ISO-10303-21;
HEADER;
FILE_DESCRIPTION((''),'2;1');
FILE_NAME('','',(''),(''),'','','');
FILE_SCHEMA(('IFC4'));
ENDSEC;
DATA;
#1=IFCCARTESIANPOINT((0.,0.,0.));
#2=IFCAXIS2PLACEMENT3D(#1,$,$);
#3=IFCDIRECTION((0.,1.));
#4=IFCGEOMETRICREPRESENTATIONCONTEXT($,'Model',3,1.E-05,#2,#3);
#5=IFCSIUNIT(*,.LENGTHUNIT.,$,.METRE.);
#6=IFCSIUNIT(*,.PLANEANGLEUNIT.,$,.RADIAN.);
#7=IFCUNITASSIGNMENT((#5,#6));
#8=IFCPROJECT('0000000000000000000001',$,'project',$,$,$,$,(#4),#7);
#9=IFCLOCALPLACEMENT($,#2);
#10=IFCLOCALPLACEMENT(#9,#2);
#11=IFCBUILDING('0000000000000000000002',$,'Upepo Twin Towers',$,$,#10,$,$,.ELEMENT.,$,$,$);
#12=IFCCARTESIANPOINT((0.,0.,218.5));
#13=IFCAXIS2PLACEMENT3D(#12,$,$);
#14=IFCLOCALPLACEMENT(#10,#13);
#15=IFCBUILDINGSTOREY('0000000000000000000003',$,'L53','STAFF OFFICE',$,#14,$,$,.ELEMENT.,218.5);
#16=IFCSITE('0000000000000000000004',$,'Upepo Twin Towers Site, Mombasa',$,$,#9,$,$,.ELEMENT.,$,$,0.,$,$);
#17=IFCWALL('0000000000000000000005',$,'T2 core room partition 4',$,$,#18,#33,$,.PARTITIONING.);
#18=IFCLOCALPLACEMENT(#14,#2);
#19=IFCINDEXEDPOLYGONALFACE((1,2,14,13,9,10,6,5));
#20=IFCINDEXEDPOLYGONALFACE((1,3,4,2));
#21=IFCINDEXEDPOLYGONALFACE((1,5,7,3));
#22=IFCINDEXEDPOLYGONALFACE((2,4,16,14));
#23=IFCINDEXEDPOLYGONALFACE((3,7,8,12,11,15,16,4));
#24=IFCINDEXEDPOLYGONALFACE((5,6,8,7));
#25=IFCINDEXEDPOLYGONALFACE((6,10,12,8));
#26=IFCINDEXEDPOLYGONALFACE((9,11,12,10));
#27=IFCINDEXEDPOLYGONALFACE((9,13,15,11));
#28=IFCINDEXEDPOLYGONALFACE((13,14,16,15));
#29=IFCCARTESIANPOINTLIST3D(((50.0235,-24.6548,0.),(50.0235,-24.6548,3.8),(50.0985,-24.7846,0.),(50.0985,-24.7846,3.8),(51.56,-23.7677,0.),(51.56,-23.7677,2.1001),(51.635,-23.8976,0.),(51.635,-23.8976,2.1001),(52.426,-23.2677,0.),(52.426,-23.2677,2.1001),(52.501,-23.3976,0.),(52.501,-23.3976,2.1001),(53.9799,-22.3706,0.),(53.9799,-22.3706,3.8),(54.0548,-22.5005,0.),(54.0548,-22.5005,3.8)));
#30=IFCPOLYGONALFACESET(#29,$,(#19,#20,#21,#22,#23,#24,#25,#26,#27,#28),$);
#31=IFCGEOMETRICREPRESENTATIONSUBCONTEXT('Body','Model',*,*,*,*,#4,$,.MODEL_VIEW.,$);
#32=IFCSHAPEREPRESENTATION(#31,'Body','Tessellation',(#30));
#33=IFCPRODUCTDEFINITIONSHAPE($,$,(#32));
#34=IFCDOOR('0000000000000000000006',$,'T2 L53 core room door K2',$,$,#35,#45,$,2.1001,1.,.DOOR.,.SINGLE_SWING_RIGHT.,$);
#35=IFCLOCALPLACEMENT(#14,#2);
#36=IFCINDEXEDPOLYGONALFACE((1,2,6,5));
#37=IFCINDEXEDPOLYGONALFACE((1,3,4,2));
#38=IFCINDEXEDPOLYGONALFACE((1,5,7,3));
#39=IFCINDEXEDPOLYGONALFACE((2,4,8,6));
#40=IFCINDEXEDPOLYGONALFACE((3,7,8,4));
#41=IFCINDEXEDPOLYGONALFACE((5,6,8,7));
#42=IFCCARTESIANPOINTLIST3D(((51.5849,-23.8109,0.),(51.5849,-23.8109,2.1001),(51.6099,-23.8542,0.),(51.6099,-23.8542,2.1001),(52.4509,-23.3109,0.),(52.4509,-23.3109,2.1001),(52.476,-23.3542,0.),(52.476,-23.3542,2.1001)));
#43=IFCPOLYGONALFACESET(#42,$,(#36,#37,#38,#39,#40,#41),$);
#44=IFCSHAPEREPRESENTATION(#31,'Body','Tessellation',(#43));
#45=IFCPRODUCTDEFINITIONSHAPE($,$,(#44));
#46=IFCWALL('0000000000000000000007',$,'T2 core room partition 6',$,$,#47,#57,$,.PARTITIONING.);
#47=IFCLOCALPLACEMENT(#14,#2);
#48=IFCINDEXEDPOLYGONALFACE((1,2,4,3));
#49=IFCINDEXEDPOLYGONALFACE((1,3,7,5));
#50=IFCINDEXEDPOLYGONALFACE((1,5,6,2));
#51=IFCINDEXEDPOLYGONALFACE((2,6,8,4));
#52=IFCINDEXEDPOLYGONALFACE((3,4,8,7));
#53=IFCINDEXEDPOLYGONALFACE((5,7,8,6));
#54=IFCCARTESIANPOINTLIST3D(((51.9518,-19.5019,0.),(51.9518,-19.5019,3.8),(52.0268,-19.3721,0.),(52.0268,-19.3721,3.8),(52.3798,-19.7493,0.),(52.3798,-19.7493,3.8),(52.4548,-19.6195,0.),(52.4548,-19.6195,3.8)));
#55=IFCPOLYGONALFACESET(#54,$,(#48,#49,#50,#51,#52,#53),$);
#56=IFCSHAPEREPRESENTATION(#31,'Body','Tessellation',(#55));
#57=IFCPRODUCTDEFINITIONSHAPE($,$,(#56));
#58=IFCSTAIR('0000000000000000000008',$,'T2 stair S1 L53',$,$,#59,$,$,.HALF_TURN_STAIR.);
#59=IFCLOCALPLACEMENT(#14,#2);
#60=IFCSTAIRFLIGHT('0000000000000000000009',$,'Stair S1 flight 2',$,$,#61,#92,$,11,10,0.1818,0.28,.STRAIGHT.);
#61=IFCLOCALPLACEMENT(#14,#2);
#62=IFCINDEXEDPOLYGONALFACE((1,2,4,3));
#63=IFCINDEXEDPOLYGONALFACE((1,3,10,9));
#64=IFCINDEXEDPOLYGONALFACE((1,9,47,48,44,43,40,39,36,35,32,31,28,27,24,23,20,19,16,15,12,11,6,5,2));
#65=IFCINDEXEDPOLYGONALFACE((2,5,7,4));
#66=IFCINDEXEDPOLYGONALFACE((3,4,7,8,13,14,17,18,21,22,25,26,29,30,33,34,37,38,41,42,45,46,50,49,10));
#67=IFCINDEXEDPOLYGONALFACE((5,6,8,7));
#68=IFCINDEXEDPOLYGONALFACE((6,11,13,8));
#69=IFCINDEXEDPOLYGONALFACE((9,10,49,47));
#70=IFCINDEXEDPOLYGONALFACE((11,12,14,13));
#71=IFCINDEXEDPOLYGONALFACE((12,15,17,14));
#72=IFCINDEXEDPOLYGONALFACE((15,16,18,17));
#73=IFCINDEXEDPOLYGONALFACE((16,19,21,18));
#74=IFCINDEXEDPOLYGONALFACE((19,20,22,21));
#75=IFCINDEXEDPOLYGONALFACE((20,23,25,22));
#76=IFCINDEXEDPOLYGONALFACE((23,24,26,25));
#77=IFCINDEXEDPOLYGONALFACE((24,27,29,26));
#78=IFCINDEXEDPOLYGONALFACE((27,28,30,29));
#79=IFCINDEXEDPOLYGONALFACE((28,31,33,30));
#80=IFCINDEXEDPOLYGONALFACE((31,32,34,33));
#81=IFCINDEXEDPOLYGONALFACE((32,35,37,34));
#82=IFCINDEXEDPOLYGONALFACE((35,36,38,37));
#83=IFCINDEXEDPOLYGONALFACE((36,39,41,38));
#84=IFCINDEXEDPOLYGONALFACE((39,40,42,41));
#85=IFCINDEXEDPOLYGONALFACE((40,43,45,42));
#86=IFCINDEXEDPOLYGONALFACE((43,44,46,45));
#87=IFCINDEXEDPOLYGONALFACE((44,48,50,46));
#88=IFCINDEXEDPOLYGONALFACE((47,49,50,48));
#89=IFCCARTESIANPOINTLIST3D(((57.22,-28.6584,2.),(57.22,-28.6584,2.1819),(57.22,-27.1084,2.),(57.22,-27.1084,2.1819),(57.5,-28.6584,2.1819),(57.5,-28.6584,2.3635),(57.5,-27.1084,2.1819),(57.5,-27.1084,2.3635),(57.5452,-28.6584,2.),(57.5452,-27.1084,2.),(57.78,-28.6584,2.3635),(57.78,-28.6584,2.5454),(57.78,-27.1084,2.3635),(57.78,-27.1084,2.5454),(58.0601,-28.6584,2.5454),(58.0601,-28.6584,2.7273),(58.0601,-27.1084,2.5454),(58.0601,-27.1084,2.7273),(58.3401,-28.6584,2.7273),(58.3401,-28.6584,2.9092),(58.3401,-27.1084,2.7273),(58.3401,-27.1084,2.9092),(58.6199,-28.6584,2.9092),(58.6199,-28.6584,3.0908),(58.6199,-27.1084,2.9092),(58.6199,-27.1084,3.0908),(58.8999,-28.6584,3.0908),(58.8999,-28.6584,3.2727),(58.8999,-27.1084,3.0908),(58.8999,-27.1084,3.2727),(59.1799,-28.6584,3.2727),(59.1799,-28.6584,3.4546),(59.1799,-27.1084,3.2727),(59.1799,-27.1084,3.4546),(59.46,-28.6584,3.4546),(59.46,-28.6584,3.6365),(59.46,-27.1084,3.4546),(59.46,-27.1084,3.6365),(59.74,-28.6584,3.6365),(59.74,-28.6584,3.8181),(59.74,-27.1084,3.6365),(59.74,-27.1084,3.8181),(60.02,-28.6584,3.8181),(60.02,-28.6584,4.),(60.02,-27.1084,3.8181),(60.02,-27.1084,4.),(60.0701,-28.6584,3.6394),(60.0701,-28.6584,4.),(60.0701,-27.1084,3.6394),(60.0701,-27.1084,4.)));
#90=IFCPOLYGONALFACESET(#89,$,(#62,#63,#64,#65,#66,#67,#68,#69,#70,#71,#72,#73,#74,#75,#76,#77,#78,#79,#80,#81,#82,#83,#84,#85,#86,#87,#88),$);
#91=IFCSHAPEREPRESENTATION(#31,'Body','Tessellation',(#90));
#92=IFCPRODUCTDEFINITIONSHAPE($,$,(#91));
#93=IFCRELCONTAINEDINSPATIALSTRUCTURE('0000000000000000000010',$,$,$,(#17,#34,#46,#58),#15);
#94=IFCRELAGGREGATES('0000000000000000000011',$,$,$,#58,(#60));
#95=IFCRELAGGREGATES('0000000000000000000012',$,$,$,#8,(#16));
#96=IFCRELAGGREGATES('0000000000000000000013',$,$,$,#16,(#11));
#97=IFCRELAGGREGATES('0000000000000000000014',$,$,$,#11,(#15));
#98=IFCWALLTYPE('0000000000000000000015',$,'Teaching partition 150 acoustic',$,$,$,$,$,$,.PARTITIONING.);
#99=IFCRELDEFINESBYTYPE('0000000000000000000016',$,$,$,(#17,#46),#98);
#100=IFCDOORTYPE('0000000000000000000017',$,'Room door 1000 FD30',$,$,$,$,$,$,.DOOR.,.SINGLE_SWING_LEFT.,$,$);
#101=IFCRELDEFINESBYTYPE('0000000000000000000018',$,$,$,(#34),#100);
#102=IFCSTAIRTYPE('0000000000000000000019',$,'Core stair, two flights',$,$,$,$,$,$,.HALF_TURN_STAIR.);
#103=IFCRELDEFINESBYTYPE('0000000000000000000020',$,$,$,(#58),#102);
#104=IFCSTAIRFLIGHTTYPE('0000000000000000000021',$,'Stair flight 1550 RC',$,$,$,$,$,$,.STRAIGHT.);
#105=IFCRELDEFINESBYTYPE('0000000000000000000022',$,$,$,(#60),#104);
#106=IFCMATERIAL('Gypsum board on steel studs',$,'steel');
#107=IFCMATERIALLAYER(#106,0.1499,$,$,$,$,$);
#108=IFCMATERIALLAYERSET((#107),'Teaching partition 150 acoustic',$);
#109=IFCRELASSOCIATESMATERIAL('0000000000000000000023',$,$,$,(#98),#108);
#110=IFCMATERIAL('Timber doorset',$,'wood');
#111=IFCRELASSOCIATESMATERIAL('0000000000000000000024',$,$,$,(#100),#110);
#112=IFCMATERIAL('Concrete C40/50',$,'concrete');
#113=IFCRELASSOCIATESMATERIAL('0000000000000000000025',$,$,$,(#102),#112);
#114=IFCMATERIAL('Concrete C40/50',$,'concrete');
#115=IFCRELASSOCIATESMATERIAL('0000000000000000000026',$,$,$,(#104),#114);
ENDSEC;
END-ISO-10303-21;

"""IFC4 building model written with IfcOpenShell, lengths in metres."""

from ifc_helpers import new_model, si_unit, direction, frame, frame_2d, origin, place, context, subcontext, project, spatial, polyline, rectangle, outline, extrude, material, layer, layer_set, type_object, element, fill, aggregate, save


model = new_model("IFC4")

# Units and contexts
model_context = context("Model", 3, precision=1e-05, world=origin(), true_north=direction((0.0, 1.0)))
body_context = subcontext(model_context, "Body", "Model", "MODEL_VIEW")
ifc_project = project(units=[si_unit("LENGTHUNIT", "METRE"), si_unit("PLANEANGLEUNIT", "RADIAN")], contexts=[model_context])

# Site, building, storey
site_placement = place(None, origin())
site = spatial("IfcSite", under=ifc_project, at=site_placement, Name="Upepo Twin Towers Site, Mombasa", CompositionType="ELEMENT", RefElevation=0.0)
building_placement = place(site_placement, origin())
building = spatial("IfcBuilding", under=site, at=building_placement, Name="Upepo Twin Towers", CompositionType="ELEMENT")
storey_placement = place(building_placement, frame((0.0, 0.0, 218.5)))
storey = spatial("IfcBuildingStorey", under=building, at=storey_placement, Name="L53", Description="STAFF OFFICE", CompositionType="ELEMENT", Elevation=218.5)

# Shared definitions
ifc_material_1 = material(Name="Gypsum board on steel studs", Category="steel")
ifc_layer_1 = layer(ifc_material_1, 0.1499)
ifc_layer_set_1 = layer_set([ifc_layer_1], Name="Teaching partition 150 acoustic")
wall_type_1 = type_object("IfcWallType", Name="Teaching partition 150 acoustic", PredefinedType="PARTITIONING", material=ifc_layer_set_1)

# Wall, opening, door
wall_1_placement = place(storey_placement, frame((54.0173, -22.4355, 0.0), z_axis=(0.0, 0.0, 1.0), x_axis=(-0.866025, -0.500002, 0.0)))
wall_1 = element("IfcWall", 1, at=wall_1_placement, inside=storey, type_object=wall_type_1, Name="T2 core room partition 4", PredefinedType="PARTITIONING", context=body_context, shape_type="SweptSolid", body=[
    extrude(rectangle(XDim=4.5684, YDim=0.1499, at=frame_2d((2.2842, 0.0))), origin(), (0.0, 0.0, 1.0), 3.8),
])
opening_1_placement = place(wall_1_placement, frame((1.7942, 0.0, 0.0)))
opening_1 = element("IfcOpeningElement", 2, at=opening_1_placement, cuts=wall_1, PredefinedType="OPENING", context=body_context, shape_type="SweptSolid", body=[
    extrude(rectangle(XDim=1.0, YDim=2.1001, at=frame_2d((0.5, 1.05))), frame((0.0, 0.085, 0.0), z_axis=(0.0, -1.0, 0.0), x_axis=(1.0, 0.0, 0.0)), (0.0, 0.0, 1.0), 0.1699),
])
ifc_material_2 = material(Name="Timber doorset", Category="wood")
door_type_1 = type_object("IfcDoorType", Name="Room door 1000 FD30", OperationType="SINGLE_SWING_LEFT", PredefinedType="DOOR", material=ifc_material_2)
door_1_placement = place(opening_1_placement, origin())
door_1 = element("IfcDoor", 3, at=door_1_placement, inside=storey, type_object=door_type_1, Name="T2 L53 core room door K2", OperationType="SINGLE_SWING_RIGHT", OverallHeight=2.1001, OverallWidth=1.0, PredefinedType="DOOR", context=body_context, shape_type="SweptSolid", body=[
    extrude(rectangle(XDim=1.0, YDim=2.1001, at=frame_2d((0.5, 1.05))), frame((0.0, 0.0249, 0.0), z_axis=(0.0, -1.0, 0.0), x_axis=(1.0, 0.0, 0.0)), (0.0, 0.0, 1.0), 0.05),
])
fill(opening_1, door_1)

# Wall
wall_2_placement = place(storey_placement, frame((52.4172, -19.6843, 0.0), z_axis=(0.0, 0.0, 1.0), x_axis=(-0.865832, 0.500335, 0.0)))
element("IfcWall", 4, at=wall_2_placement, inside=storey, type_object=wall_type_1, Name="T2 core room partition 6", PredefinedType="PARTITIONING", context=body_context, shape_type="SweptSolid", body=[
    extrude(rectangle(XDim=0.4944, YDim=0.1499, at=frame_2d((0.2471, 0.0))), origin(), (0.0, 0.0, 1.0), 3.8),
])

# Stair, stair flight
ifc_material_3 = material(Name="Concrete C40/50", Category="concrete")
stair_type = type_object("IfcStairType", Name="Core stair, two flights", PredefinedType="HALF_TURN_STAIR", material=ifc_material_3)
stair_placement = place(storey_placement, origin())
stair = element("IfcStair", 5, at=stair_placement, inside=storey, type_object=stair_type, Name="T2 stair S1 L53", PredefinedType="HALF_TURN_STAIR")
ifc_material_4 = material(Name="Concrete C40/50", Category="concrete")
stair_flight_type = type_object("IfcStairFlightType", Name="Stair flight 1550 RC", PredefinedType="STRAIGHT", material=ifc_material_4)
stair_flight_placement = place(storey_placement, frame((57.22, -27.8833, 2.0), z_axis=(0.0, 0.0, 1.0), x_axis=(1.0, 0.0, 0.0)))
stair_flight = element("IfcStairFlight", 6, at=stair_flight_placement, type_object=stair_flight_type, Name="Stair S1 flight 2", NumberOfRisers=11, NumberOfTreads=10, PredefinedType="STRAIGHT", RiserHeight=0.1818, TreadLength=0.28, context=body_context, shape_type="SweptSolid", body=[
    extrude(outline(polyline([(0.0, 0.0), (0.0, 0.1819), (0.28, 0.1819), (0.28, 0.3635), (0.5601, 0.3635), (0.5601, 0.5454), (0.8401, 0.5454), (0.8401, 0.7273), (1.1201, 0.7273), (1.1201, 0.9092), (1.3999, 0.9092), (1.3999, 1.0908), (1.6799, 1.0908), (1.6799, 1.2727), (1.96, 1.2727), (1.96, 1.4546), (2.24, 1.4546), (2.24, 1.6365), (2.52, 1.6365), (2.52, 1.8181), (2.8, 1.8181), (2.8, 2.0), (2.8501, 2.0), (2.8501, 1.6394), (0.3252, 0.0), (0.0, 0.0)])), frame((0.0, 0.7749, 0.0), z_axis=(0.0, -1.0, 0.0), x_axis=(1.0, 0.0, 0.0)), (0.0, 0.0, 1.0), 1.55),
])
aggregate(stair, [stair_flight])

save(model, "model.ifc")
